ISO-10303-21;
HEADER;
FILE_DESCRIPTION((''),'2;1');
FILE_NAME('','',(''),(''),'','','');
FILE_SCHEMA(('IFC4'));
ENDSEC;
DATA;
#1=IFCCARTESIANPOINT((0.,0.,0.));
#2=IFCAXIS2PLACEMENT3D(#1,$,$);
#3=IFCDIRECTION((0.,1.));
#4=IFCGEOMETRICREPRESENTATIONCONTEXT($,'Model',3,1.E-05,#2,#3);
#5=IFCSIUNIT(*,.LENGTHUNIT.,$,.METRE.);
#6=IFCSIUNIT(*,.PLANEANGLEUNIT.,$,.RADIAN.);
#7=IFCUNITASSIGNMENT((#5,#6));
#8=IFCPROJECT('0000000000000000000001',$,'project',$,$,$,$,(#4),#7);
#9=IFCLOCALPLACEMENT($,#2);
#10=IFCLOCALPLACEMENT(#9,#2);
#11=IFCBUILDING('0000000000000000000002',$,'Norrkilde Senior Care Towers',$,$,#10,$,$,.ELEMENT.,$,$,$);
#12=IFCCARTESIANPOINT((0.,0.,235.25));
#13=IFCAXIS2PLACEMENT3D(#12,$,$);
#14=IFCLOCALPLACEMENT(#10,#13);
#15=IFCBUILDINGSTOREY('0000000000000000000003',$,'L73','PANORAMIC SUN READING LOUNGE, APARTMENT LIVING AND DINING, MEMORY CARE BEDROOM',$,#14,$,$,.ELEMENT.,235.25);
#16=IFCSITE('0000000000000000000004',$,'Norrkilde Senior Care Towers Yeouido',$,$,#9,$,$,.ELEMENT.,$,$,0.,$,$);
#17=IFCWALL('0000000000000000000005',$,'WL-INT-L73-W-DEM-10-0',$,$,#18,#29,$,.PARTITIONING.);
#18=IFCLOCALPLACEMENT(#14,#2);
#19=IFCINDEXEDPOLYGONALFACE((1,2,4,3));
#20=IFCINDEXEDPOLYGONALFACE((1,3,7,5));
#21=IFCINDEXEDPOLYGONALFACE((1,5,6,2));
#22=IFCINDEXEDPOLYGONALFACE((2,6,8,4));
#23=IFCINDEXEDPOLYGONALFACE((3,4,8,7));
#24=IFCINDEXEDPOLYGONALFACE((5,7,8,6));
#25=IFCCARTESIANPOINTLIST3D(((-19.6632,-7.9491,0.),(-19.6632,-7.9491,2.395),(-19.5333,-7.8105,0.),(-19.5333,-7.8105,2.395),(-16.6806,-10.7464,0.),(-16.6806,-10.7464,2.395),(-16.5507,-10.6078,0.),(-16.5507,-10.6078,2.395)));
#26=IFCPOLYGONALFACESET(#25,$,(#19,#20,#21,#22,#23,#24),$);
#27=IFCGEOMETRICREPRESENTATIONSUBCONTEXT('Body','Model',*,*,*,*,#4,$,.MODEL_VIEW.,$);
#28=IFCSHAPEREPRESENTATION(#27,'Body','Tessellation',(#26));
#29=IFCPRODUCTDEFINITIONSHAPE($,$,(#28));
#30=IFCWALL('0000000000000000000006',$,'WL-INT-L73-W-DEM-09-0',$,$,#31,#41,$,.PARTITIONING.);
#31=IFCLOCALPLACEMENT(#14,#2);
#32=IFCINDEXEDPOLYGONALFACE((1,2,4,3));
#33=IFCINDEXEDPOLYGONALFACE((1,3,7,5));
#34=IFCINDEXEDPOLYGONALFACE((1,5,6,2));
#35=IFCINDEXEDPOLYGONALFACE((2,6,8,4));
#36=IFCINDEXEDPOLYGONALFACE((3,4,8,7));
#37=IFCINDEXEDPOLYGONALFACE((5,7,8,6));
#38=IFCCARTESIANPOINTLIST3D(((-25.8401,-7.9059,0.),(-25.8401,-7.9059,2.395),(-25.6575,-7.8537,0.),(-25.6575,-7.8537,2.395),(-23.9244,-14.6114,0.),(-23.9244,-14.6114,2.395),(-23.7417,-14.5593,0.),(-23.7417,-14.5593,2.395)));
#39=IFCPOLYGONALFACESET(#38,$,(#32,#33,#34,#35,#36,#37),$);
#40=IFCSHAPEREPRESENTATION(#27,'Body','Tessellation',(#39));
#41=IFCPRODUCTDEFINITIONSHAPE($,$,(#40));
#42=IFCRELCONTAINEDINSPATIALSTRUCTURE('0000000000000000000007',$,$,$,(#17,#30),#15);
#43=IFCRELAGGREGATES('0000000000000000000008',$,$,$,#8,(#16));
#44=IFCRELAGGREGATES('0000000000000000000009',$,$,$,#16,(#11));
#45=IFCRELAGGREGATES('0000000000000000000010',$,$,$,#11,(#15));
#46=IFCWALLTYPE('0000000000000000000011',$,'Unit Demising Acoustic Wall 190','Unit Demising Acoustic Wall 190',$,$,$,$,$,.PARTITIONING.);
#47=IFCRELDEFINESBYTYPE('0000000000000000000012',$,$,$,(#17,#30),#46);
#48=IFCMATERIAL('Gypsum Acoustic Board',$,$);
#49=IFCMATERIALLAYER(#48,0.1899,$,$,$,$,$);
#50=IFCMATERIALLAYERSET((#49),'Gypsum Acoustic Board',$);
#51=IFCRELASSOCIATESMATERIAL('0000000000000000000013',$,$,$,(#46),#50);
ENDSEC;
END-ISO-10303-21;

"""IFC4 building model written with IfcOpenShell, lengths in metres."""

from ifc_helpers import new_model, si_unit, direction, frame, frame_2d, origin, place, context, subcontext, project, spatial, rectangle, extrude, source, transform, mapped, material, layer, layer_set, type_object, type_shapes, element, save


model = new_model("IFC4")

# Units and contexts
model_context = context("Model", 3, precision=1e-05, world=origin(), true_north=direction((0.0, 1.0)))
body_context = subcontext(model_context, "Body", "Model", "MODEL_VIEW")
ifc_project = project(units=[si_unit("LENGTHUNIT", "METRE"), si_unit("PLANEANGLEUNIT", "RADIAN")], contexts=[model_context])

# Site, building, storey
site_placement = place(None, origin())
site = spatial("IfcSite", under=ifc_project, at=site_placement, Name="Norrkilde Senior Care Towers Yeouido", CompositionType="ELEMENT", RefElevation=0.0)
building_placement = place(site_placement, origin())
building = spatial("IfcBuilding", under=site, at=building_placement, Name="Norrkilde Senior Care Towers", CompositionType="ELEMENT")
storey_placement = place(building_placement, frame((0.0, 0.0, 235.25)))
storey = spatial("IfcBuildingStorey", under=building, at=storey_placement, Name="L73", Description="PANORAMIC SUN READING LOUNGE, APARTMENT LIVING AND DINING, MEMORY CARE BEDROOM", CompositionType="ELEMENT", Elevation=235.25)

# Shared definitions
ifc_material_1 = material(Name="Gypsum Acoustic Board")

# Walls
ifc_layer_1 = layer(ifc_material_1, 0.1899)
ifc_layer_set_1 = layer_set([ifc_layer_1], Name="Gypsum Acoustic Board")
wall_type_1 = type_object("IfcWallType", Name="Unit Demising Acoustic Wall 190", Description="Unit Demising Acoustic Wall 190", PredefinedType="PARTITIONING", material=ifc_layer_set_1)
shared_shape_1 = source(origin(), body_context, "Body", "SweptSolid", [
    extrude(rectangle(XDim=4.0891, YDim=0.1899, at=frame_2d((2.0444, 0.0))), origin(), (0.0, 0.0, 1.0), 2.395),
])
wall_1_placement = place(storey_placement, frame((-19.5981, -7.8799, 0.0), z_axis=(0.0, 0.0, 1.0), x_axis=(0.729401, -0.684086, 0.0)))
element("IfcWall", 1, at=wall_1_placement, inside=storey, type_object=wall_type_1, Name="WL-INT-L73-W-DEM-10-0", PredefinedType="PARTITIONING", context=body_context, shape_type="MappedRepresentation", body=[
    mapped(shared_shape_1, transform((0.0, 0.0, 0.0), x_axis=(1.0, 0.0, 0.0), y_axis=(0.0, 1.0, 0.0), z_axis=(0.0, 0.0, 1.0), scale=1.0)),
])
shared_shape_2 = source(origin(), body_context, "Body", "SweptSolid", [
    extrude(rectangle(XDim=6.9739, YDim=0.1899, at=frame_2d((3.4868, 0.0))), origin(), (0.0, 0.0, 1.0), 2.395),
])
type_shapes(wall_type_1, [shared_shape_1, shared_shape_2])
wall_2_placement = place(storey_placement, frame((-25.7488, -7.8799, 0.0), z_axis=(0.0, 0.0, 1.0), x_axis=(0.274707, -0.961528, 0.0)))
element("IfcWall", 2, at=wall_2_placement, inside=storey, type_object=wall_type_1, Name="WL-INT-L73-W-DEM-09-0", PredefinedType="PARTITIONING", context=body_context, shape_type="MappedRepresentation", body=[
    mapped(shared_shape_2, transform((0.0, 0.0, 0.0), x_axis=(1.0, 0.0, 0.0), y_axis=(0.0, 1.0, 0.0), z_axis=(0.0, 0.0, 1.0), scale=1.0)),
])

save(model, "model.ifc")
